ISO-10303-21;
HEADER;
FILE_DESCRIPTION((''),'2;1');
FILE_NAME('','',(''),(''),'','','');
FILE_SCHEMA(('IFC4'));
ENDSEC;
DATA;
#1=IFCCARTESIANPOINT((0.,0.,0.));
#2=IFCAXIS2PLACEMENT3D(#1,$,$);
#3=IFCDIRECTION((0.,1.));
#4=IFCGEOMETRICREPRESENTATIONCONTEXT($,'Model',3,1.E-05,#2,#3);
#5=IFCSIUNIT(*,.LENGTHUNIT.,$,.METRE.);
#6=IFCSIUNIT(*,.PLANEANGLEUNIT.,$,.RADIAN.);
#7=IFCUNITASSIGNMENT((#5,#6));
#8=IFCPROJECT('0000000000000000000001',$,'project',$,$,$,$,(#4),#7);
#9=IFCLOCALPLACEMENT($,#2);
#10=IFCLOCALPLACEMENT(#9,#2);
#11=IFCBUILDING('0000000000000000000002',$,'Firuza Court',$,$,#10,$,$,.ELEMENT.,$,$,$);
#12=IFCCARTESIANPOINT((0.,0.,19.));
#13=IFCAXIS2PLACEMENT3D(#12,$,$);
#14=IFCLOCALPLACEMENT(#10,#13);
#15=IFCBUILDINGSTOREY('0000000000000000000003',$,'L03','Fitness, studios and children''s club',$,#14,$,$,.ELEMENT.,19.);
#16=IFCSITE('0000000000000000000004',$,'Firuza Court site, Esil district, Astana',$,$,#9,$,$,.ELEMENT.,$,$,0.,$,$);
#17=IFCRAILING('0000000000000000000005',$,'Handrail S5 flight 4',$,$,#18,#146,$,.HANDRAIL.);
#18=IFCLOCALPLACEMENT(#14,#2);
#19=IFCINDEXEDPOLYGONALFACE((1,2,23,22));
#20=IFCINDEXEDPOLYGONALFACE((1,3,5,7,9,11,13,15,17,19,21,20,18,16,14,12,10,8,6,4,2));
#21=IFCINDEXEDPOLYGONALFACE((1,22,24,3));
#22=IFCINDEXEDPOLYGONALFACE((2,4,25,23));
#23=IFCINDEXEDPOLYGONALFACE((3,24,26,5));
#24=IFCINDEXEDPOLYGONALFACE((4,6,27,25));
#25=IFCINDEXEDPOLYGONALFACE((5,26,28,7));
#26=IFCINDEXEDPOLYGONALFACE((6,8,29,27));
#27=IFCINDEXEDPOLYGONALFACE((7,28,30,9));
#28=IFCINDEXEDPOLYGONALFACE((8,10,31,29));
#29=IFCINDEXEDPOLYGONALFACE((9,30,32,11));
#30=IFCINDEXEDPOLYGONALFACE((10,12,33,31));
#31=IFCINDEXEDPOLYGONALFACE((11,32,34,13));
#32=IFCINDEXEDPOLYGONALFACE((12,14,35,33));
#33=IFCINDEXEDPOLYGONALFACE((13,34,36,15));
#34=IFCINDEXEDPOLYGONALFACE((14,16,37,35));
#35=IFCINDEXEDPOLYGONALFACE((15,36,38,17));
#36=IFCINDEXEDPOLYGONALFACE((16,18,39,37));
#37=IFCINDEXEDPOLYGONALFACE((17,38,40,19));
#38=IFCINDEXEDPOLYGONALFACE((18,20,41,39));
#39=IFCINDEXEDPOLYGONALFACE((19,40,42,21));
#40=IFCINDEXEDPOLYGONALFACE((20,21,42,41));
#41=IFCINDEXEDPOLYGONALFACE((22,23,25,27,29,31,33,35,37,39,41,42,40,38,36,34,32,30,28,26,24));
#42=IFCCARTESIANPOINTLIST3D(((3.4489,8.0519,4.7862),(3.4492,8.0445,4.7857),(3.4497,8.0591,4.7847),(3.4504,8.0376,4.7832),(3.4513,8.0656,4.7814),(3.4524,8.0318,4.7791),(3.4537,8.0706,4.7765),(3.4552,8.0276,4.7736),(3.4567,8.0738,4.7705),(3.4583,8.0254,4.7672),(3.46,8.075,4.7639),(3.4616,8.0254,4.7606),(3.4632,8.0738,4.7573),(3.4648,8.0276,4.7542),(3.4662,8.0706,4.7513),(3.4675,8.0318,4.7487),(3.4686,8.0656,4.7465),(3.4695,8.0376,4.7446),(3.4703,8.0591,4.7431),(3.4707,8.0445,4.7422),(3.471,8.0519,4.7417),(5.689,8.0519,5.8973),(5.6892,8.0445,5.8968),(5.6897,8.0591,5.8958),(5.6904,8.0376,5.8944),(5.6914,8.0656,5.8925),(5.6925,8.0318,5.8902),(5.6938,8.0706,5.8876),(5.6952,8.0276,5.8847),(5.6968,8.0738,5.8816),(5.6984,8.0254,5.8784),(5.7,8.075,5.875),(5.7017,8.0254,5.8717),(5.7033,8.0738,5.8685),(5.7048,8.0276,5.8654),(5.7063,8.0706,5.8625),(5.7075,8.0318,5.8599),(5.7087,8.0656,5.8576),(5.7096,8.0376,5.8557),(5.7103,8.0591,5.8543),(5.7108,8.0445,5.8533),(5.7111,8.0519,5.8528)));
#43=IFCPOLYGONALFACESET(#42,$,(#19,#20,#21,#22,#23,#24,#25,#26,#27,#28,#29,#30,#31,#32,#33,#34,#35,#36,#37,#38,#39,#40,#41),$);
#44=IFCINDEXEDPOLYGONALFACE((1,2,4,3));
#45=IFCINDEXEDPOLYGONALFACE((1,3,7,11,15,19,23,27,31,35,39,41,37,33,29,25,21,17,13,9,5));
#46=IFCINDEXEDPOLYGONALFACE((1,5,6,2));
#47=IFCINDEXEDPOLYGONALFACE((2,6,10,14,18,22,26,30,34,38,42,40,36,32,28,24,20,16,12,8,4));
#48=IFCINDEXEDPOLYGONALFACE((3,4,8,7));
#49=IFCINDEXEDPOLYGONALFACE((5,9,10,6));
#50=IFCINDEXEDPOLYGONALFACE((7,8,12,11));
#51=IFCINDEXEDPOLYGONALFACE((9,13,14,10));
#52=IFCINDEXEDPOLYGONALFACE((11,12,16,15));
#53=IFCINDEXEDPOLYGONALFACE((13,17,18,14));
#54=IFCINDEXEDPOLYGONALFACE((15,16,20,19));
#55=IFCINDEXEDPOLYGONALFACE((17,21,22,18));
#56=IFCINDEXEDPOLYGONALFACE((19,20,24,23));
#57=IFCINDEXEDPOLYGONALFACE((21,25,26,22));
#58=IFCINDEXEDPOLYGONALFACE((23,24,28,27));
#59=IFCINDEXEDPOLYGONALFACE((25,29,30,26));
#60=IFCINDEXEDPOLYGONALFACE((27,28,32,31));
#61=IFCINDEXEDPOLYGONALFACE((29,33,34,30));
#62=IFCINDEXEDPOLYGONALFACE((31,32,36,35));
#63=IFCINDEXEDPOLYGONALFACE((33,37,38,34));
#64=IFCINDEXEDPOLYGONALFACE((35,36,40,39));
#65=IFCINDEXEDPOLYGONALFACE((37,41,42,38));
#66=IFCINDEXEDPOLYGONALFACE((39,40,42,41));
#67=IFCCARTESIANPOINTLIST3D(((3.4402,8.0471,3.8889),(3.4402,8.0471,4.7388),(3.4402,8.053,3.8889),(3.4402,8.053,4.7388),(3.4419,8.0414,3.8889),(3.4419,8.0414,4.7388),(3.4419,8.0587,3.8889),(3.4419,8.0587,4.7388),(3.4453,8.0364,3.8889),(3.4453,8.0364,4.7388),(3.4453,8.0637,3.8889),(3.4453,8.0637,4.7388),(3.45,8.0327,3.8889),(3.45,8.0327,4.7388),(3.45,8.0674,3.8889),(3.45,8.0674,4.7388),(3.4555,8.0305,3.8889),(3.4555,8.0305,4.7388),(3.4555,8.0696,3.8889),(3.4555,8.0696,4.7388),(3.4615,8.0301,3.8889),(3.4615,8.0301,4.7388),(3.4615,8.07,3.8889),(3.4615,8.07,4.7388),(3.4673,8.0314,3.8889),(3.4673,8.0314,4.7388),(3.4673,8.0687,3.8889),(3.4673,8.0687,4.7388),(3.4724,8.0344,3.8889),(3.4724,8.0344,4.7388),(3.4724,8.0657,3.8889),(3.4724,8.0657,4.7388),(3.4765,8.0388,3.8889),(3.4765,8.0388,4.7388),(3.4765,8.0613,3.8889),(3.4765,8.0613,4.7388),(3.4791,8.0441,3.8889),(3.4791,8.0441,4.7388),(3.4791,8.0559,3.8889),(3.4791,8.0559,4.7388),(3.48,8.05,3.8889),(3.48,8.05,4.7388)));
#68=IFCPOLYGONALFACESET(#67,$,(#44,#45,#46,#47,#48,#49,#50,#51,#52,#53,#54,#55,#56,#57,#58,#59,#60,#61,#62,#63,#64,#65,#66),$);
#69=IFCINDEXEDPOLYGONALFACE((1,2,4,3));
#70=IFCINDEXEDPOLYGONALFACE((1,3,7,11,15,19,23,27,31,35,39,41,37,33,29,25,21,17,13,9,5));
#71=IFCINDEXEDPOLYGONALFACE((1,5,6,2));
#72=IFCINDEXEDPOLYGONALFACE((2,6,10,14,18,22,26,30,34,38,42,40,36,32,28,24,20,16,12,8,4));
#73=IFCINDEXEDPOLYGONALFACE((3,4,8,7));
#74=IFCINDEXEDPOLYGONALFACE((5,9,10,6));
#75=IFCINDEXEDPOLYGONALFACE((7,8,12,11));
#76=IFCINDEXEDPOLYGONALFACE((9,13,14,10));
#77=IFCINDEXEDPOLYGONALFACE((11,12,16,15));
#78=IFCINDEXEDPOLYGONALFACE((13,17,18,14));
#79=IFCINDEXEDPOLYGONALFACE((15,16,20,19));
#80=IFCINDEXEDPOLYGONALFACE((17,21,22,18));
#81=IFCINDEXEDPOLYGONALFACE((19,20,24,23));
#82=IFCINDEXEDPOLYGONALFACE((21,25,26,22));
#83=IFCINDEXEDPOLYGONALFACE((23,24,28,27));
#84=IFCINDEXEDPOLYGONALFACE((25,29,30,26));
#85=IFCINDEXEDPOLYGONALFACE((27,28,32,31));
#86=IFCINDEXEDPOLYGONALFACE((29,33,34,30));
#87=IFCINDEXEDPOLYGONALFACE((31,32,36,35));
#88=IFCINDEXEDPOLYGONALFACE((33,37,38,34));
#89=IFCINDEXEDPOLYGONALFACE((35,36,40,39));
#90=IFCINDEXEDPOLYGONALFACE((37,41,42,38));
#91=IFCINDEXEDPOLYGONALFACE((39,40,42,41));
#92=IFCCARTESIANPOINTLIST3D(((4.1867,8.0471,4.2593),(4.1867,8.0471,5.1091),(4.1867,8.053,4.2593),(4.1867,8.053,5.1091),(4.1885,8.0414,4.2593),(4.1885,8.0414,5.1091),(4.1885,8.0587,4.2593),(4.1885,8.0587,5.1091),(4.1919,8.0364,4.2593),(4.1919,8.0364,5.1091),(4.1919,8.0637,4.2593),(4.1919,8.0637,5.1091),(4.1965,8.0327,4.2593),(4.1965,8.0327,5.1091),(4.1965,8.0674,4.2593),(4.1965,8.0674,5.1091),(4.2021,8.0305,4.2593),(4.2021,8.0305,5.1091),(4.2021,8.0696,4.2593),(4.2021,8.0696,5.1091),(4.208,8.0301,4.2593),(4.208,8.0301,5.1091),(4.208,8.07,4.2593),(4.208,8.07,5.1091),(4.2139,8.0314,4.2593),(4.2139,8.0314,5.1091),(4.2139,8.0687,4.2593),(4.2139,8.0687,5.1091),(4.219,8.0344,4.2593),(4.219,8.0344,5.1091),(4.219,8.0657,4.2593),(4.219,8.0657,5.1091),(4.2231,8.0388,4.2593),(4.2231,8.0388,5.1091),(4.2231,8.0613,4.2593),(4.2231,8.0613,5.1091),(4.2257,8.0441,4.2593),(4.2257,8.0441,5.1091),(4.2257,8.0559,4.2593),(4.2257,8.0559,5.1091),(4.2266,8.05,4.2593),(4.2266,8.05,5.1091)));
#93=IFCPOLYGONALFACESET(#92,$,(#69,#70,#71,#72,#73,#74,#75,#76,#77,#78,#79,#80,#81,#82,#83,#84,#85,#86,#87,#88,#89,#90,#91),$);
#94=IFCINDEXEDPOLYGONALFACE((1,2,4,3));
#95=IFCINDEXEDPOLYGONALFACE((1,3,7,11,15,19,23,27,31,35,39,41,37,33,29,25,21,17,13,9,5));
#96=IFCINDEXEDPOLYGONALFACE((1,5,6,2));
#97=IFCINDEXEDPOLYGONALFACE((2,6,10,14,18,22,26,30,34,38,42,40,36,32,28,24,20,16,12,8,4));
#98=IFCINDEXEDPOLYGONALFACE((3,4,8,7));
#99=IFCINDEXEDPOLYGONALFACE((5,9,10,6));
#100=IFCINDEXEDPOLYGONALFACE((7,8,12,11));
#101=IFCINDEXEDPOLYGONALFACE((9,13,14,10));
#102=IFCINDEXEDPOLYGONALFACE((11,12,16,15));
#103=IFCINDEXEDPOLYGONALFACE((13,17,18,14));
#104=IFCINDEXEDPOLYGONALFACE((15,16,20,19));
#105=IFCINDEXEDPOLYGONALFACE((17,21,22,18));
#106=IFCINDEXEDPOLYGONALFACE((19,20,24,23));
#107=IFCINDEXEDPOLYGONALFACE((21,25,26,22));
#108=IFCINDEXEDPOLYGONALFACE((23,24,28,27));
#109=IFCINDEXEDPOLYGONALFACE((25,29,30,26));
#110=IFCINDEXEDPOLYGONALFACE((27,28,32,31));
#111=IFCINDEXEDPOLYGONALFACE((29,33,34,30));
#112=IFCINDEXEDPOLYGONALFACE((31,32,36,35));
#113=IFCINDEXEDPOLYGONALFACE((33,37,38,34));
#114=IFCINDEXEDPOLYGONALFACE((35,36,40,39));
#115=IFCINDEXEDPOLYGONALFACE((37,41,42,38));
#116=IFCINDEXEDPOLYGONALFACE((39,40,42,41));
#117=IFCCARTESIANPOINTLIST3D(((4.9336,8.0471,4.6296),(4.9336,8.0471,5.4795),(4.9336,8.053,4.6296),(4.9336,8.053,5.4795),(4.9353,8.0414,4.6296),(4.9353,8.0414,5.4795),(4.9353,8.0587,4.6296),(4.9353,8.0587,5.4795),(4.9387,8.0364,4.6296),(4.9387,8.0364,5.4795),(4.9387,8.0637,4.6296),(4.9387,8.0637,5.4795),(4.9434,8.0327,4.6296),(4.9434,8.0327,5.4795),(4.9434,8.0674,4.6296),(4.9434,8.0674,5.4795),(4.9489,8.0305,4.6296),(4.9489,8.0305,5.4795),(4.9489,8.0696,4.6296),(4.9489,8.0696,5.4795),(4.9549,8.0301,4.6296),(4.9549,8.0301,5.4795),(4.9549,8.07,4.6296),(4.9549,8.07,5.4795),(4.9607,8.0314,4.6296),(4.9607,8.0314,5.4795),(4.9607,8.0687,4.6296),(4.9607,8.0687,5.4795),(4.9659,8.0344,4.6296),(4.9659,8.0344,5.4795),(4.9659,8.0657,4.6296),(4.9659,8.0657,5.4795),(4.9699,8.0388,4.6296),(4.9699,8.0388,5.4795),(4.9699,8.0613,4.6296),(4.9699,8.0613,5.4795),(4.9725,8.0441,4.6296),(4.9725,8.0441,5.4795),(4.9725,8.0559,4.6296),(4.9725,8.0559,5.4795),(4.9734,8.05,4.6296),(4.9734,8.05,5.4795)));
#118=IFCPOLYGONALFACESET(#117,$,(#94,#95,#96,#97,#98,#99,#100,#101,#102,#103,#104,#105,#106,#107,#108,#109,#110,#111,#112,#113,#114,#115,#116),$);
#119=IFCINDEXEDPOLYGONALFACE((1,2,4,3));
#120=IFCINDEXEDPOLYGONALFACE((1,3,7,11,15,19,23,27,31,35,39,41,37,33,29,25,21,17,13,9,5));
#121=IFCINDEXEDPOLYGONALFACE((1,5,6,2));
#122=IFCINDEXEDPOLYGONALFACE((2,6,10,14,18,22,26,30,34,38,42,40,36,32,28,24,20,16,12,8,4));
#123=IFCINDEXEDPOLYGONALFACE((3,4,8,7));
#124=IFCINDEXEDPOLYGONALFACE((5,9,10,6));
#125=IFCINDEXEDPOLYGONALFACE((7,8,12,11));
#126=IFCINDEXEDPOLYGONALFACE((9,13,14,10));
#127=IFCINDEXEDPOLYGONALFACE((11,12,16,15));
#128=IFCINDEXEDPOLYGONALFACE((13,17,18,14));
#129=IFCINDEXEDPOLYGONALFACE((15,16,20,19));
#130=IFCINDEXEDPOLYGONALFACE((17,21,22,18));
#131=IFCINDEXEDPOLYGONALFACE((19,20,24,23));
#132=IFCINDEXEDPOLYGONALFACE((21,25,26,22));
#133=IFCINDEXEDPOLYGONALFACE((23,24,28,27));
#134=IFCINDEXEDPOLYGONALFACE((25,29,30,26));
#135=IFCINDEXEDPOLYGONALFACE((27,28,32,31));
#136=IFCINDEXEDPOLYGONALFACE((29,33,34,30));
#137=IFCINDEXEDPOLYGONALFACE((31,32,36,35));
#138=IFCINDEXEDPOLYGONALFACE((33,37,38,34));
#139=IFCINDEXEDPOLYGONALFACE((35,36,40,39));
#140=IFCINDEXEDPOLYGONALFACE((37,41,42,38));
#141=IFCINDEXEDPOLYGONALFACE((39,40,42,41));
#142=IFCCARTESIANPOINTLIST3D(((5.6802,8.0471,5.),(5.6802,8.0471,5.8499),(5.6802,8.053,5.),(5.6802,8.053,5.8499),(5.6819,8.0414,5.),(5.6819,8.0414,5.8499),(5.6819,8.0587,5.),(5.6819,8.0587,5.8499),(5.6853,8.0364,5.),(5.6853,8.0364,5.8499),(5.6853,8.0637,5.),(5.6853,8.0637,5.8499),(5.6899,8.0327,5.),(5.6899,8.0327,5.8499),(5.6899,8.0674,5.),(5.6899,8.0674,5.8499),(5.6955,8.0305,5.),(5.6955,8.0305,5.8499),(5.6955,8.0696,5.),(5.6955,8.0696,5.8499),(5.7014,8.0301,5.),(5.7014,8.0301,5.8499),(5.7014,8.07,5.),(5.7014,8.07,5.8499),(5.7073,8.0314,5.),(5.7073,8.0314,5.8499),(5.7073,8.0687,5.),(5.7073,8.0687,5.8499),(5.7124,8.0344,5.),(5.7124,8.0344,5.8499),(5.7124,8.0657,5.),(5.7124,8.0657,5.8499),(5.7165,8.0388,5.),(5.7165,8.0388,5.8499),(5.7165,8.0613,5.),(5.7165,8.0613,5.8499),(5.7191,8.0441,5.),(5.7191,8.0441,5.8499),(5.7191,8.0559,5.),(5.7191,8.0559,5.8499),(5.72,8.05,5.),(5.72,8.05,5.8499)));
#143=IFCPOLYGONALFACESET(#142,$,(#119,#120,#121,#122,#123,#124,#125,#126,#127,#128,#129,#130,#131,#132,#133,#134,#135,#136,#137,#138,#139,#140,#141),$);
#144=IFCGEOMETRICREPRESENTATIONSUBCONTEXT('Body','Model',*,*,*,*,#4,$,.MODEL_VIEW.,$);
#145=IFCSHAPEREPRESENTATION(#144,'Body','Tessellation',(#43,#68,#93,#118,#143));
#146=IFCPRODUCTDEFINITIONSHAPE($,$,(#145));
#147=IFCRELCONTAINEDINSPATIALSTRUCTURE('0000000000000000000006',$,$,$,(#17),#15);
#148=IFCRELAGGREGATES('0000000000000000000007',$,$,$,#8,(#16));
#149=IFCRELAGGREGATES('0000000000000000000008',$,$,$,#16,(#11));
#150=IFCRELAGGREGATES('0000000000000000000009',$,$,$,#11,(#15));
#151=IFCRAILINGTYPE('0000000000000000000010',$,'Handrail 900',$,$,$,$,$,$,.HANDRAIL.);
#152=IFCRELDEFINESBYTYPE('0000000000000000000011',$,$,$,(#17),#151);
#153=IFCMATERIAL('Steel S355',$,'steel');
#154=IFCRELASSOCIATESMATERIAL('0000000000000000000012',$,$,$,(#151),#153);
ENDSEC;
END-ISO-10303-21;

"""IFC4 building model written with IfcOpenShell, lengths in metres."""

from ifc_helpers import new_model, si_unit, direction, frame, origin, origin_2d, place, context, subcontext, project, spatial, circle, extrude, material, type_object, element, save


model = new_model("IFC4")

# Units and contexts
model_context = context("Model", 3, precision=1e-05, world=origin(), true_north=direction((0.0, 1.0)))
body_context = subcontext(model_context, "Body", "Model", "MODEL_VIEW")
ifc_project = project(units=[si_unit("LENGTHUNIT", "METRE"), si_unit("PLANEANGLEUNIT", "RADIAN")], contexts=[model_context])

# Site, building, storey
site_placement = place(None, origin())
site = spatial("IfcSite", under=ifc_project, at=site_placement, Name="Firuza Court site, Esil district, Astana", CompositionType="ELEMENT", RefElevation=0.0)
building_placement = place(site_placement, origin())
building = spatial("IfcBuilding", under=site, at=building_placement, Name="Firuza Court", CompositionType="ELEMENT")
storey_placement = place(building_placement, frame((0.0, 0.0, 19.0)))
storey = spatial("IfcBuildingStorey", under=building, at=storey_placement, Name="L03", Description="Fitness, studios and children's club", CompositionType="ELEMENT", Elevation=19.0)

# Railing
ifc_material_1 = material(Name="Steel S355", Category="steel")
railing_type = type_object("IfcRailingType", Name="Handrail 900", PredefinedType="HANDRAIL", material=ifc_material_1)
for number, where, name in (
    (1, (3.46, 8.05, 3.8889), "Handrail S5 flight 4"),
):
    element("IfcRailing", number, at=place(storey_placement, frame(where)), inside=storey, type_object=railing_type, Name=name, PredefinedType="HANDRAIL", context=body_context, shape_type="SweptSolid", body=[
        extrude(circle(Radius=0.0249, at=origin_2d()), frame((0.0, 0.0, 0.875), z_axis=(0.895848, 0.0, 0.44436), x_axis=(0.0, 1.0, 0.0)), (0.0, 0.0, 1.0), 2.5005),
        extrude(circle(Radius=0.02, at=origin_2d()), origin(), (0.0, 0.0, 1.0), 0.8499),
        extrude(circle(Radius=0.02, at=origin_2d()), frame((0.7466, 0.0, 0.3704)), (0.0, 0.0, 1.0), 0.8499),
        extrude(circle(Radius=0.02, at=origin_2d()), frame((1.4934, 0.0, 0.7407)), (0.0, 0.0, 1.0), 0.8499),
        extrude(circle(Radius=0.02, at=origin_2d()), frame((2.24, 0.0, 1.1111)), (0.0, 0.0, 1.0), 0.8499),
    ])

save(model, "model.ifc")
